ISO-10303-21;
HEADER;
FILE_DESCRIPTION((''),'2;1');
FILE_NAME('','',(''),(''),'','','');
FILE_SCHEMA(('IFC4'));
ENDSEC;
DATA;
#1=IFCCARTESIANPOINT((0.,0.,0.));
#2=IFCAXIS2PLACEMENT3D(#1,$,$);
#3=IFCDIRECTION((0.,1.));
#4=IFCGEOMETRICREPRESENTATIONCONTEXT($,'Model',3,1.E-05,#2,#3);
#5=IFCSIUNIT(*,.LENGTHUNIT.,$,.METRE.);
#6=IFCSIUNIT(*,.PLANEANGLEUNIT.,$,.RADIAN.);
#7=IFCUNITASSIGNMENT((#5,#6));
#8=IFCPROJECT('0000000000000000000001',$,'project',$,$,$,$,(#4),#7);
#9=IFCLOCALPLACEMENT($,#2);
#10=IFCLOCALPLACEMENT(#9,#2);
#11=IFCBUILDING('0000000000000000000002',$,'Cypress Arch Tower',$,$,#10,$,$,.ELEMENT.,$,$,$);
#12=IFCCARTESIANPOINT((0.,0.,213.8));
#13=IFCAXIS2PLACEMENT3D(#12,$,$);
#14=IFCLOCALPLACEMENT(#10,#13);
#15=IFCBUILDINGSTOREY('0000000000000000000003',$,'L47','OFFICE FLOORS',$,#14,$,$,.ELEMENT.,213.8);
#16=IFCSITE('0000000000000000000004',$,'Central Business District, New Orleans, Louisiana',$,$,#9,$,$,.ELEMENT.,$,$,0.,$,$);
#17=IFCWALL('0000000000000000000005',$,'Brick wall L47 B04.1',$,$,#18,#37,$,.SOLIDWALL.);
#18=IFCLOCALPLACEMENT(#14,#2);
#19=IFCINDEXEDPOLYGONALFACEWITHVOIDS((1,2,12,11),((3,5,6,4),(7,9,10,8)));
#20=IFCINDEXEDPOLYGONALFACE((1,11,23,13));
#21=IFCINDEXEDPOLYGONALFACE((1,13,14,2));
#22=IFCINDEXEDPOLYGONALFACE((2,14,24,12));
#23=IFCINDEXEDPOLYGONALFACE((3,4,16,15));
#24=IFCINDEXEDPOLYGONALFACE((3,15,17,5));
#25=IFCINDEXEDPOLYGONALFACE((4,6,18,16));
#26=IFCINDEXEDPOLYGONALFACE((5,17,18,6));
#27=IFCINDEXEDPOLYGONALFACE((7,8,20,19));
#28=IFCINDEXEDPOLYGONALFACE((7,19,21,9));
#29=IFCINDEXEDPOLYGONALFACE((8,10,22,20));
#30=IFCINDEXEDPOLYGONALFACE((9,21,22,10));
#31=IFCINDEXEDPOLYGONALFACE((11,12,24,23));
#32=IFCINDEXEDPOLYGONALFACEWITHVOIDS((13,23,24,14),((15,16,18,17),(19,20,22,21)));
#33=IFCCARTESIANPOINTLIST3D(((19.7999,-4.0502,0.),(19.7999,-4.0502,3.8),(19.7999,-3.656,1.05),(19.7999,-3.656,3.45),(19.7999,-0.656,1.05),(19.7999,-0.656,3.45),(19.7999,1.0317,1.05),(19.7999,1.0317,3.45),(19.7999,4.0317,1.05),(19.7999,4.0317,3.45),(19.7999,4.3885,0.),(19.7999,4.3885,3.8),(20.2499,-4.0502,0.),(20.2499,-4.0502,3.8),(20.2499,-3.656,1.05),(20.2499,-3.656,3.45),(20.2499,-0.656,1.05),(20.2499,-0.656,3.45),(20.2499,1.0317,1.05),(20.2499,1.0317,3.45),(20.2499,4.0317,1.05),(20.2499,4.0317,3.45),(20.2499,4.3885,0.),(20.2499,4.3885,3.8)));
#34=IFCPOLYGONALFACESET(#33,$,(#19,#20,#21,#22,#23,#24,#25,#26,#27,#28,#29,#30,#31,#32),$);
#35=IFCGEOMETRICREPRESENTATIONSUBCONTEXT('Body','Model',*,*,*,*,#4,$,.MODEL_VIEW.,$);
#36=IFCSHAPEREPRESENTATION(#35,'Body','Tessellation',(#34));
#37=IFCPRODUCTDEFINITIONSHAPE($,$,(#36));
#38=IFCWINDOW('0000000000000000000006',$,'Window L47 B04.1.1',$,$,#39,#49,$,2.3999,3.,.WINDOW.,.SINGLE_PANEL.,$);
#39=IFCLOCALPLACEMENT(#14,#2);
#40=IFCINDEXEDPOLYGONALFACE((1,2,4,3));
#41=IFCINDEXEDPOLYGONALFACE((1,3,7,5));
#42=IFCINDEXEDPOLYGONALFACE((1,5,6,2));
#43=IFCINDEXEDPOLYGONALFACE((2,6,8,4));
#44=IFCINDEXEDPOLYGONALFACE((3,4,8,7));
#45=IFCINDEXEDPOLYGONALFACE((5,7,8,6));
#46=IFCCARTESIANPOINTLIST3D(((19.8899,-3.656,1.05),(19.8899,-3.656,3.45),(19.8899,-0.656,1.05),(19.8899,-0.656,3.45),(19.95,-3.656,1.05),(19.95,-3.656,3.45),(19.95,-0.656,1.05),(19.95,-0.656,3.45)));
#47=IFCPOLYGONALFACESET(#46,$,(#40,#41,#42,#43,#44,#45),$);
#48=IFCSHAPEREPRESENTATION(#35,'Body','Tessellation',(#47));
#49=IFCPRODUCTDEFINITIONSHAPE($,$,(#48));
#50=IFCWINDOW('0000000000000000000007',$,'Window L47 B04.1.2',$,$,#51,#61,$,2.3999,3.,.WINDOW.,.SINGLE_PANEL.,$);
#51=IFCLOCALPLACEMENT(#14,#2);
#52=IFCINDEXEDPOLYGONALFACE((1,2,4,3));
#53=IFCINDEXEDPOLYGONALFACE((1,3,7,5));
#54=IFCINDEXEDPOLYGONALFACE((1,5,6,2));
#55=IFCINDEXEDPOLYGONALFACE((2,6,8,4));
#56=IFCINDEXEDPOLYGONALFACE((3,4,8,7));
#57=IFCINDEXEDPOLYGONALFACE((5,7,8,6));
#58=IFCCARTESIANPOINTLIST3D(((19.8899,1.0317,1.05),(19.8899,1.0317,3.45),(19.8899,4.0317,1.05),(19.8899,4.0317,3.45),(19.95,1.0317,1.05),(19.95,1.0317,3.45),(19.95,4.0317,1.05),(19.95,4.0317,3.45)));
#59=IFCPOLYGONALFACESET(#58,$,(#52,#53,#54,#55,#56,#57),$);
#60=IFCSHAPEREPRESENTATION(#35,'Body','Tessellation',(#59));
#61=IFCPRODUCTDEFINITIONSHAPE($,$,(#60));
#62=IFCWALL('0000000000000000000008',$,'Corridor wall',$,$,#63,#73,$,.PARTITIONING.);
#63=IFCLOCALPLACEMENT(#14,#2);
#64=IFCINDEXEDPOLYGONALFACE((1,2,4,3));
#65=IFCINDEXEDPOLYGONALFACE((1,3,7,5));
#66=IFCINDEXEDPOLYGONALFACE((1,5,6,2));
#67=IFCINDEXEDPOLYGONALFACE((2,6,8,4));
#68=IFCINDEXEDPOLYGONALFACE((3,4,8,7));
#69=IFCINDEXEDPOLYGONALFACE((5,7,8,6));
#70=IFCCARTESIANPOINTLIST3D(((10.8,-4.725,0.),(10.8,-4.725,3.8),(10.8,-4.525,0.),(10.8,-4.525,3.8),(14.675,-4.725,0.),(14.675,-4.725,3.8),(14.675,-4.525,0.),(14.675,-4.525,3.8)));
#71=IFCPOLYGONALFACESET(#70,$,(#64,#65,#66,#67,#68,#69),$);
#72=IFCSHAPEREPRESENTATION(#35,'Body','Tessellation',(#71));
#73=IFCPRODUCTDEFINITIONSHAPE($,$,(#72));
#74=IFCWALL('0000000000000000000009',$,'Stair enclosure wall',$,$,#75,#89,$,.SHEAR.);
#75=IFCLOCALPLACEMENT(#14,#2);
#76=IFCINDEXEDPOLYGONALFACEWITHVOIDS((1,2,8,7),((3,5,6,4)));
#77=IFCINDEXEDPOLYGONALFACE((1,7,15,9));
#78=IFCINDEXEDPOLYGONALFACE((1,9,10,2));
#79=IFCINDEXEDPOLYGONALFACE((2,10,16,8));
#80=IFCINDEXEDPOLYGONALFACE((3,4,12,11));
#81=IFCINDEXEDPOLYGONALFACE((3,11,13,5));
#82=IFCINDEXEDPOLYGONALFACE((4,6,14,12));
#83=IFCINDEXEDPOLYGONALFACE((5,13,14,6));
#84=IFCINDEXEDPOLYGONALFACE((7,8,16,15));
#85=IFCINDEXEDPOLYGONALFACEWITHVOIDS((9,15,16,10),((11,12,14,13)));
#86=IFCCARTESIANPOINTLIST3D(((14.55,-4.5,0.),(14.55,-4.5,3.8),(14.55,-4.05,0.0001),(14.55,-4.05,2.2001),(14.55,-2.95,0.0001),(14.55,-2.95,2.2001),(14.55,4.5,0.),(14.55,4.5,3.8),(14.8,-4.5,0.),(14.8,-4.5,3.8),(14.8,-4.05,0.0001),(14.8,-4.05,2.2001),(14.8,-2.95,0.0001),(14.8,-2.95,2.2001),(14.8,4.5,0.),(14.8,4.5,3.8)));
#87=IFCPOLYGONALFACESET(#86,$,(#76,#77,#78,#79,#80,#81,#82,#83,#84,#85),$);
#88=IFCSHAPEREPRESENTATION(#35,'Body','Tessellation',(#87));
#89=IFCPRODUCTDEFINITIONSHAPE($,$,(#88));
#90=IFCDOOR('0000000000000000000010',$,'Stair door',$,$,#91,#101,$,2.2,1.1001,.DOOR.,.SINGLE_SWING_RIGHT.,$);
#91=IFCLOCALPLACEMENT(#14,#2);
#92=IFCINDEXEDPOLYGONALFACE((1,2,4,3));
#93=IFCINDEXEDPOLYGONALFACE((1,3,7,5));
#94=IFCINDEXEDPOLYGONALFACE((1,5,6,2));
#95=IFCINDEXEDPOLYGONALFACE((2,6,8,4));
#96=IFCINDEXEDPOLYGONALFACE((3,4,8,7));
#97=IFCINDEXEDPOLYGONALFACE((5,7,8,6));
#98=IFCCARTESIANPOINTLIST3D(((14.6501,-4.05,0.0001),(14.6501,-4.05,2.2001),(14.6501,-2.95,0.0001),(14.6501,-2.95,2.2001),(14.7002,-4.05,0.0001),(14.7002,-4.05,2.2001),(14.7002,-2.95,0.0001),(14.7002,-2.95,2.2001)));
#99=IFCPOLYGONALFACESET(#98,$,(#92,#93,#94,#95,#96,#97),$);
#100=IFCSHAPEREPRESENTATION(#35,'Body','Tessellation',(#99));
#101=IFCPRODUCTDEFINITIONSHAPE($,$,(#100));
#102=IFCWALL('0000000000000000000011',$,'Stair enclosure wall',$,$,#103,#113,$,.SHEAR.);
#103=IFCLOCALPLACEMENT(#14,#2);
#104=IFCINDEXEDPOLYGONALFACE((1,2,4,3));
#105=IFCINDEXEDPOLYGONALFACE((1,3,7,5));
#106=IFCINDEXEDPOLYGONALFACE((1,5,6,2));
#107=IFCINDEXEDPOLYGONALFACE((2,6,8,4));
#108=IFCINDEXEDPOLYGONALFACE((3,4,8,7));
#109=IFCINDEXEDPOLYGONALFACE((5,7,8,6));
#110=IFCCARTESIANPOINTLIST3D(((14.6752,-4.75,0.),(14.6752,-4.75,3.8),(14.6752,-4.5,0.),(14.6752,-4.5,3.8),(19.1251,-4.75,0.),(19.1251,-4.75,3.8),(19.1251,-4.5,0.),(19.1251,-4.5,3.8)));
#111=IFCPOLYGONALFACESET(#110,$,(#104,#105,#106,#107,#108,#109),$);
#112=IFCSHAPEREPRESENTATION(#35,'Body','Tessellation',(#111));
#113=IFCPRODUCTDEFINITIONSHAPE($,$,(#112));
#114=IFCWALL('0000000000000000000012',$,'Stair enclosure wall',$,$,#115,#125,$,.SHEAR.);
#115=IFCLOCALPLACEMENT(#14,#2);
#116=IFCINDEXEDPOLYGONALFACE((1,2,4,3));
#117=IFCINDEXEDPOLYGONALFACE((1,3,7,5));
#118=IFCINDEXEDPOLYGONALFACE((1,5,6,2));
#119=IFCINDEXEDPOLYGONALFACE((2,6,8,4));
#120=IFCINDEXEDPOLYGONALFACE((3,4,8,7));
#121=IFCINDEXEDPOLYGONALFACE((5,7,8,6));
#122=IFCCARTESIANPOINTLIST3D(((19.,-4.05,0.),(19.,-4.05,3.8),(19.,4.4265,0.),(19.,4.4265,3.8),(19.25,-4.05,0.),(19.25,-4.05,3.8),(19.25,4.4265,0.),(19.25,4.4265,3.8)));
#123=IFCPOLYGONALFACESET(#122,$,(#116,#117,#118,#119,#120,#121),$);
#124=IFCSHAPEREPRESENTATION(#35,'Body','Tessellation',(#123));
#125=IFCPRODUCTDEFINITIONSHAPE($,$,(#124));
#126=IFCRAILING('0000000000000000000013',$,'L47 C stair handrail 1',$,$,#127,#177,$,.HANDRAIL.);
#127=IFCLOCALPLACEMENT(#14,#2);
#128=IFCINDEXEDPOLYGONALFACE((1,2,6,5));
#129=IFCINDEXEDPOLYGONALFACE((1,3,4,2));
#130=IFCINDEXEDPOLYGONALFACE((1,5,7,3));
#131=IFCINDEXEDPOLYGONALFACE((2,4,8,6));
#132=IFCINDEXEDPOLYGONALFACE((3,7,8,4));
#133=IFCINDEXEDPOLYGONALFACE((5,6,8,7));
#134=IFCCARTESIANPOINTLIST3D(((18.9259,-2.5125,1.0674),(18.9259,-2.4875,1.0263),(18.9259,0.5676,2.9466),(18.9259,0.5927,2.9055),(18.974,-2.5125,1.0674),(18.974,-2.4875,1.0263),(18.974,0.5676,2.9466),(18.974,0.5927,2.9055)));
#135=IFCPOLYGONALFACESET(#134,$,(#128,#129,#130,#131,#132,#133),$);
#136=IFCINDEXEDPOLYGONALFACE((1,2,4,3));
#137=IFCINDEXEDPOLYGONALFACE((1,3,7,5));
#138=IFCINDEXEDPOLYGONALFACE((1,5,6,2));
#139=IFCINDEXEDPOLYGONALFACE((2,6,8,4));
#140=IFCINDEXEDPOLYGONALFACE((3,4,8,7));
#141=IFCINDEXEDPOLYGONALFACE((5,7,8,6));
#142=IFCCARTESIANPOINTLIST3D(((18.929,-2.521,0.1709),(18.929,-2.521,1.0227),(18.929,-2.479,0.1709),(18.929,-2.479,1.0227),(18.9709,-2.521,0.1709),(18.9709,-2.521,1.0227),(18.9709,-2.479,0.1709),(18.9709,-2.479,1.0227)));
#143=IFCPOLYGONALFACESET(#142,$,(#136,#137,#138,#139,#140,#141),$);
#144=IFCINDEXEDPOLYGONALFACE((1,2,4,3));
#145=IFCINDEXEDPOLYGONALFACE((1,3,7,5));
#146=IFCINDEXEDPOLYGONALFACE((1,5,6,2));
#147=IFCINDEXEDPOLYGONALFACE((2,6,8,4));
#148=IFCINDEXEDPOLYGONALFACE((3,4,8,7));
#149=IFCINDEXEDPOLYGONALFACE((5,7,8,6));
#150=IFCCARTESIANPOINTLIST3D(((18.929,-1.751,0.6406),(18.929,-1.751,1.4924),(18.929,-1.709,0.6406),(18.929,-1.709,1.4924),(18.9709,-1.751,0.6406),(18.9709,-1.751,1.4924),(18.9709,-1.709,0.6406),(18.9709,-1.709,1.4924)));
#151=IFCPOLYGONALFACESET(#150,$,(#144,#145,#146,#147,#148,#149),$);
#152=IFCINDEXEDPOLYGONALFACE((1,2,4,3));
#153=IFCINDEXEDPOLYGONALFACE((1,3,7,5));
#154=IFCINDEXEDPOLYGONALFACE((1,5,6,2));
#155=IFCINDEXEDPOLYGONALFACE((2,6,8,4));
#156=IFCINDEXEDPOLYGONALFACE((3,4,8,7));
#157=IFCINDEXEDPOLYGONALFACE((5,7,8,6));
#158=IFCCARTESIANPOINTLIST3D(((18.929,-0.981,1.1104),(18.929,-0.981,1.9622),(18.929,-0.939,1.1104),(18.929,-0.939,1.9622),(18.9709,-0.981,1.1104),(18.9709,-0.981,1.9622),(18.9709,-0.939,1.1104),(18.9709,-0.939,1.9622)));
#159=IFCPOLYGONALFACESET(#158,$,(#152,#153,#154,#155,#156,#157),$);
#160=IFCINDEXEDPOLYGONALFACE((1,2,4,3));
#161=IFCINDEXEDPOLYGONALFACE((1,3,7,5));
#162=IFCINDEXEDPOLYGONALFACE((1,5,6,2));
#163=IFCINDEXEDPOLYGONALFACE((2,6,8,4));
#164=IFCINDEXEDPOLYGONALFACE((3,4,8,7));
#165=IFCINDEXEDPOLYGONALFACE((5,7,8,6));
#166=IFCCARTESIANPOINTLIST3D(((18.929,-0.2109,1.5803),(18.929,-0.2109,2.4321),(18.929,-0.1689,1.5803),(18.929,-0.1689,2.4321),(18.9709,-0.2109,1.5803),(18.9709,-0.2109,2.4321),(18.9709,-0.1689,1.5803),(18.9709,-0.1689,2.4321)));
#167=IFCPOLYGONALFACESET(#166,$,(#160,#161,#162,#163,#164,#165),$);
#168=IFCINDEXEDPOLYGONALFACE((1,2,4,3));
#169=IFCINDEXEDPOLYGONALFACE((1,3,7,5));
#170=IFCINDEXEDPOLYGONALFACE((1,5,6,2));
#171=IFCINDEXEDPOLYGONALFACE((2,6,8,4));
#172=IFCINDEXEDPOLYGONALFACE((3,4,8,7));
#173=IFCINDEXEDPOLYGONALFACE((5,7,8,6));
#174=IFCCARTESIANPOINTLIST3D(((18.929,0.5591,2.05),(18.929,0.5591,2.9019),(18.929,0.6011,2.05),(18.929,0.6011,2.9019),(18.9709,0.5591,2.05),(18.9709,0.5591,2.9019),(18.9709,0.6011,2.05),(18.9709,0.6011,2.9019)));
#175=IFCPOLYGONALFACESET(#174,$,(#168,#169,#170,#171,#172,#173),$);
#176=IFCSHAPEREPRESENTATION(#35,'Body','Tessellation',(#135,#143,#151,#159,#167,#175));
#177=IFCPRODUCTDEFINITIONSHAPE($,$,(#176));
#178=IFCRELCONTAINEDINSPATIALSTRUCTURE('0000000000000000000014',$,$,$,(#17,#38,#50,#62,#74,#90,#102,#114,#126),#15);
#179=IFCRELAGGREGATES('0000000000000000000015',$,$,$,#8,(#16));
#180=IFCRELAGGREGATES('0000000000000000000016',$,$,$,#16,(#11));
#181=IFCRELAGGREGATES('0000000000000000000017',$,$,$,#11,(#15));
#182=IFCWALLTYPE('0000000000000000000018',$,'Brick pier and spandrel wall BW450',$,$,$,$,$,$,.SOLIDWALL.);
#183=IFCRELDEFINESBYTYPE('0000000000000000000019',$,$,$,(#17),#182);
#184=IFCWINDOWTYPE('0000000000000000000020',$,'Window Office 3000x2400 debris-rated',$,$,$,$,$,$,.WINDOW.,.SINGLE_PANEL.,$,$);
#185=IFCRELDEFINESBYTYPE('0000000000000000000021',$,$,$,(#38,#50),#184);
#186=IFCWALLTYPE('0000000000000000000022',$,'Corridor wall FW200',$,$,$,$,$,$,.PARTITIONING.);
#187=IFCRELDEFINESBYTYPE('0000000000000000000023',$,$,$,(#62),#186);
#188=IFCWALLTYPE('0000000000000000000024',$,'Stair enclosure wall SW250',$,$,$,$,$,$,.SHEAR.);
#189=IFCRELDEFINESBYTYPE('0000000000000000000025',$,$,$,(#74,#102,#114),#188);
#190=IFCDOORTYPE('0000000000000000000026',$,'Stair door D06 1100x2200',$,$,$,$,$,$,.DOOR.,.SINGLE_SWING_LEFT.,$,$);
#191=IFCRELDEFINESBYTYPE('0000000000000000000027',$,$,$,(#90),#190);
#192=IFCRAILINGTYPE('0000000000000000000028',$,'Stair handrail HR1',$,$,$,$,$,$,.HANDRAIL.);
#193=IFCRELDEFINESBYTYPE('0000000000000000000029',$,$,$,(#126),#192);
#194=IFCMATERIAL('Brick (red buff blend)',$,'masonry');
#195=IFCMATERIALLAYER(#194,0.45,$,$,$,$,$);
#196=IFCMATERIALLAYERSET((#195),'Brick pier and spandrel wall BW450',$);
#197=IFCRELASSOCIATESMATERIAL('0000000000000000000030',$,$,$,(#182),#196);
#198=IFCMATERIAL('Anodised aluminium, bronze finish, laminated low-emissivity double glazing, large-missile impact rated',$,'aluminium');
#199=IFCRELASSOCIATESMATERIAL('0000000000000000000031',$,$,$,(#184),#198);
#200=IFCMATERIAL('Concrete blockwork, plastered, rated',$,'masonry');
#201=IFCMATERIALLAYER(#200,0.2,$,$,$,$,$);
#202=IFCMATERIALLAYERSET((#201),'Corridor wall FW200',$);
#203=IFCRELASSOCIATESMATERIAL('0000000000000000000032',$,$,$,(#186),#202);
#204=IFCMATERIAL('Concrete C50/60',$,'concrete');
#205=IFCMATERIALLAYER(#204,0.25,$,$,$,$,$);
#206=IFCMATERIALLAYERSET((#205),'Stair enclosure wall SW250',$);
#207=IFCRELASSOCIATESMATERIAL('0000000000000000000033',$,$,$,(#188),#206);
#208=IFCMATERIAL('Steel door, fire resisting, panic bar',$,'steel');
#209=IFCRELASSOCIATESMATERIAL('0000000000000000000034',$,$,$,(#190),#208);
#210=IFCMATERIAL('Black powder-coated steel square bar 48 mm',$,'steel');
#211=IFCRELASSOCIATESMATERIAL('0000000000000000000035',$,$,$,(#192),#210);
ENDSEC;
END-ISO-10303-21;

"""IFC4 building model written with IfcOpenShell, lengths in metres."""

from ifc_helpers import new_model, si_unit, direction, frame, frame_2d, origin, origin_2d, place, context, subcontext, project, spatial, rectangle, extrude, material, layer, layer_set, type_object, element, fill, save


model = new_model("IFC4")

# Units and contexts
model_context = context("Model", 3, precision=1e-05, world=origin(), true_north=direction((0.0, 1.0)))
body_context = subcontext(model_context, "Body", "Model", "MODEL_VIEW")
ifc_project = project(units=[si_unit("LENGTHUNIT", "METRE"), si_unit("PLANEANGLEUNIT", "RADIAN")], contexts=[model_context])

# Site, building, storey
site_placement = place(None, origin())
site = spatial("IfcSite", under=ifc_project, at=site_placement, Name="Central Business District, New Orleans, Louisiana", CompositionType="ELEMENT", RefElevation=0.0)
building_placement = place(site_placement, origin())
building = spatial("IfcBuilding", under=site, at=building_placement, Name="Cypress Arch Tower", CompositionType="ELEMENT")
storey_placement = place(building_placement, frame((0.0, 0.0, 213.8)))
storey = spatial("IfcBuildingStorey", under=building, at=storey_placement, Name="L47", Description="OFFICE FLOORS", CompositionType="ELEMENT", Elevation=213.8)

# Wall, openings, windows
ifc_material_1 = material(Name="Brick (red buff blend)", Category="masonry")
ifc_layer_1 = layer(ifc_material_1, 0.45)
ifc_layer_set_1 = layer_set([ifc_layer_1], Name="Brick pier and spandrel wall BW450")
wall_type_1 = type_object("IfcWallType", Name="Brick pier and spandrel wall BW450", PredefinedType="SOLIDWALL", material=ifc_layer_set_1)
wall_1_placement = place(storey_placement, frame((20.0249, -4.05, 0.0), z_axis=(0.0, 0.0, 1.0), x_axis=(0.0, 1.0, 0.0)))
wall_1 = element("IfcWall", 1, at=wall_1_placement, inside=storey, type_object=wall_type_1, Name="Brick wall L47 B04.1", PredefinedType="SOLIDWALL", context=body_context, shape_type="SweptSolid", body=[
    extrude(rectangle(XDim=8.4387, YDim=0.45, at=frame_2d((4.2192, 0.0))), origin(), (0.0, 0.0, 1.0), 3.8),
])
opening_1_placement = place(wall_1_placement, frame((0.394, 0.0, 1.05)))
opening_1 = element("IfcOpeningElement", 2, at=opening_1_placement, cuts=wall_1, PredefinedType="OPENING", context=body_context, shape_type="SweptSolid", body=[
    extrude(rectangle(XDim=3.0, YDim=2.3999, at=frame_2d((1.5, 1.2))), frame((0.0, 0.2349, 0.0), z_axis=(0.0, -1.0, 0.0), x_axis=(1.0, 0.0, 0.0)), (0.0, 0.0, 1.0), 0.47),
])
opening_2_placement = place(wall_1_placement, frame((5.0818, 0.0, 1.05)))
opening_2 = element("IfcOpeningElement", 3, at=opening_2_placement, cuts=wall_1, PredefinedType="OPENING", context=body_context, shape_type="SweptSolid", body=[
    extrude(rectangle(XDim=3.0, YDim=2.3999, at=frame_2d((1.5, 1.2))), frame((0.0, 0.2349, 0.0), z_axis=(0.0, -1.0, 0.0), x_axis=(1.0, 0.0, 0.0)), (0.0, 0.0, 1.0), 0.47),
])
ifc_material_2 = material(Name="Anodised aluminium, bronze finish, laminated low-emissivity double glazing, large-missile impact rated", Category="aluminium")
window_type = type_object("IfcWindowType", Name="Window Office 3000x2400 debris-rated", PartitioningType="SINGLE_PANEL", PredefinedType="WINDOW", material=ifc_material_2)
window_1_placement = place(opening_1_placement, origin())
window_1 = element("IfcWindow", 4, at=window_1_placement, inside=storey, type_object=window_type, Name="Window L47 B04.1.1", OverallHeight=2.3999, OverallWidth=3.0, PartitioningType="SINGLE_PANEL", PredefinedType="WINDOW", context=body_context, shape_type="SweptSolid", body=[
    extrude(rectangle(XDim=3.0, YDim=2.3999, at=frame_2d((1.5, 1.2))), frame((0.0, 0.135, 0.0), z_axis=(0.0, -1.0, 0.0), x_axis=(1.0, 0.0, 0.0)), (0.0, 0.0, 1.0), 0.0601),
])
fill(opening_1, window_1)
window_2_placement = place(opening_2_placement, origin())
window_2 = element("IfcWindow", 5, at=window_2_placement, inside=storey, type_object=window_type, Name="Window L47 B04.1.2", OverallHeight=2.3999, OverallWidth=3.0, PartitioningType="SINGLE_PANEL", PredefinedType="WINDOW", context=body_context, shape_type="SweptSolid", body=[
    extrude(rectangle(XDim=3.0, YDim=2.3999, at=frame_2d((1.5, 1.2))), frame((0.0, 0.135, 0.0), z_axis=(0.0, -1.0, 0.0), x_axis=(1.0, 0.0, 0.0)), (0.0, 0.0, 1.0), 0.0601),
])
fill(opening_2, window_2)

# Wall
ifc_material_3 = material(Name="Concrete blockwork, plastered, rated", Category="masonry")
ifc_layer_2 = layer(ifc_material_3, 0.2)
ifc_layer_set_2 = layer_set([ifc_layer_2], Name="Corridor wall FW200")
wall_type_2 = type_object("IfcWallType", Name="Corridor wall FW200", PredefinedType="PARTITIONING", material=ifc_layer_set_2)
wall_2_placement = place(storey_placement, frame((10.8, -4.625, 0.0), z_axis=(0.0, 0.0, 1.0), x_axis=(1.0, 0.0, 0.0)))
element("IfcWall", 6, at=wall_2_placement, inside=storey, type_object=wall_type_2, Name="Corridor wall", PredefinedType="PARTITIONING", context=body_context, shape_type="SweptSolid", body=[
    extrude(rectangle(XDim=3.875, YDim=0.2, at=frame_2d((1.9375, 0.0))), origin(), (0.0, 0.0, 1.0), 3.8),
])

# Wall, opening, door
ifc_material_4 = material(Name="Concrete C50/60", Category="concrete")
ifc_layer_3 = layer(ifc_material_4, 0.25)
ifc_layer_set_3 = layer_set([ifc_layer_3], Name="Stair enclosure wall SW250")
wall_type_3 = type_object("IfcWallType", Name="Stair enclosure wall SW250", PredefinedType="SHEAR", material=ifc_layer_set_3)
wall_3_placement = place(storey_placement, frame((14.675, -4.5, 0.0), z_axis=(0.0, 0.0, 1.0), x_axis=(0.0, 1.0, 0.0)))
wall_3 = element("IfcWall", 7, at=wall_3_placement, inside=storey, type_object=wall_type_3, Name="Stair enclosure wall", PredefinedType="SHEAR", context=body_context, shape_type="SweptSolid", body=[
    extrude(rectangle(XDim=9.0, YDim=0.25, at=frame_2d((4.5, 0.0))), origin(), (0.0, 0.0, 1.0), 3.8),
])
opening_3_placement = place(wall_3_placement, frame((0.45, 0.0, 0.0)))
opening_3 = element("IfcOpeningElement", 8, at=opening_3_placement, cuts=wall_3, PredefinedType="OPENING", context=body_context, shape_type="SweptSolid", body=[
    extrude(rectangle(XDim=1.1001, YDim=2.2, at=frame_2d((0.55, 1.1001))), frame((0.0, 0.135, 0.0), z_axis=(0.0, -1.0, 0.0), x_axis=(1.0, 0.0, 0.0)), (0.0, 0.0, 1.0), 0.27),
])
ifc_material_5 = material(Name="Steel door, fire resisting, panic bar", Category="steel")
door_type = type_object("IfcDoorType", Name="Stair door D06 1100x2200", OperationType="SINGLE_SWING_LEFT", PredefinedType="DOOR", material=ifc_material_5)
door_placement = place(opening_3_placement, origin())
door = element("IfcDoor", 9, at=door_placement, inside=storey, type_object=door_type, Name="Stair door", OperationType="SINGLE_SWING_RIGHT", OverallHeight=2.2, OverallWidth=1.1001, PredefinedType="DOOR", context=body_context, shape_type="SweptSolid", body=[
    extrude(rectangle(XDim=1.1001, YDim=2.2, at=frame_2d((0.55, 1.1001))), frame((0.0, 0.0249, 0.0), z_axis=(0.0, -1.0, 0.0), x_axis=(1.0, 0.0, 0.0)), (0.0, 0.0, 1.0), 0.05),
])
fill(opening_3, door)

# Walls
wall_4_placement = place(storey_placement, frame((14.675, -4.625, 0.0), z_axis=(0.0, 0.0, 1.0), x_axis=(1.0, 0.0, 0.0)))
element("IfcWall", 10, at=wall_4_placement, inside=storey, type_object=wall_type_3, Name="Stair enclosure wall", PredefinedType="SHEAR", context=body_context, shape_type="SweptSolid", body=[
    extrude(rectangle(XDim=4.45, YDim=0.25, at=frame_2d((2.2251, 0.0))), origin(), (0.0, 0.0, 1.0), 3.8),
])
wall_5_placement = place(storey_placement, frame((19.125, -4.05, 0.0), z_axis=(0.0, 0.0, 1.0), x_axis=(0.0, 1.0, 0.0)))
element("IfcWall", 11, at=wall_5_placement, inside=storey, type_object=wall_type_3, Name="Stair enclosure wall", PredefinedType="SHEAR", context=body_context, shape_type="SweptSolid", body=[
    extrude(rectangle(XDim=8.4766, YDim=0.25, at=frame_2d((4.2383, 0.0))), origin(), (0.0, 0.0, 1.0), 3.8),
])

# Railing
ifc_material_6 = material(Name="Black powder-coated steel square bar 48 mm", Category="steel")
railing_type_1 = type_object("IfcRailingType", Name="Stair handrail HR1", PredefinedType="HANDRAIL", material=ifc_material_6)
railing_1_placement = place(storey_placement, frame((18.95, -2.5, 0.1709)))
element("IfcRailing", 12, at=railing_1_placement, inside=storey, type_object=railing_type_1, Name="L47 C stair handrail 1", PredefinedType="HANDRAIL", context=body_context, shape_type="SweptSolid", body=[
    extrude(rectangle(XDim=0.0481, YDim=0.0481, at=origin_2d()), frame((0.0, 0.0, 0.876), z_axis=(0.0, 0.853666, 0.52082), x_axis=(-1.0, 0.0, 0.0)), (0.0, 0.0, 1.0), 3.6082),
    extrude(rectangle(XDim=0.042, YDim=0.042, at=origin_2d()), origin(), (0.0, 0.0, 1.0), 0.8518),
    extrude(rectangle(XDim=0.042, YDim=0.042, at=origin_2d()), frame((0.0, 0.77, 0.4697)), (0.0, 0.0, 1.0), 0.8518),
    extrude(rectangle(XDim=0.042, YDim=0.042, at=origin_2d()), frame((0.0, 1.54, 0.9395)), (0.0, 0.0, 1.0), 0.8518),
    extrude(rectangle(XDim=0.042, YDim=0.042, at=origin_2d()), frame((0.0, 2.3101, 1.4094)), (0.0, 0.0, 1.0), 0.8518),
    extrude(rectangle(XDim=0.042, YDim=0.042, at=origin_2d()), frame((0.0, 3.0801, 1.8792)), (0.0, 0.0, 1.0), 0.8518),
])

save(model, "model.ifc")
